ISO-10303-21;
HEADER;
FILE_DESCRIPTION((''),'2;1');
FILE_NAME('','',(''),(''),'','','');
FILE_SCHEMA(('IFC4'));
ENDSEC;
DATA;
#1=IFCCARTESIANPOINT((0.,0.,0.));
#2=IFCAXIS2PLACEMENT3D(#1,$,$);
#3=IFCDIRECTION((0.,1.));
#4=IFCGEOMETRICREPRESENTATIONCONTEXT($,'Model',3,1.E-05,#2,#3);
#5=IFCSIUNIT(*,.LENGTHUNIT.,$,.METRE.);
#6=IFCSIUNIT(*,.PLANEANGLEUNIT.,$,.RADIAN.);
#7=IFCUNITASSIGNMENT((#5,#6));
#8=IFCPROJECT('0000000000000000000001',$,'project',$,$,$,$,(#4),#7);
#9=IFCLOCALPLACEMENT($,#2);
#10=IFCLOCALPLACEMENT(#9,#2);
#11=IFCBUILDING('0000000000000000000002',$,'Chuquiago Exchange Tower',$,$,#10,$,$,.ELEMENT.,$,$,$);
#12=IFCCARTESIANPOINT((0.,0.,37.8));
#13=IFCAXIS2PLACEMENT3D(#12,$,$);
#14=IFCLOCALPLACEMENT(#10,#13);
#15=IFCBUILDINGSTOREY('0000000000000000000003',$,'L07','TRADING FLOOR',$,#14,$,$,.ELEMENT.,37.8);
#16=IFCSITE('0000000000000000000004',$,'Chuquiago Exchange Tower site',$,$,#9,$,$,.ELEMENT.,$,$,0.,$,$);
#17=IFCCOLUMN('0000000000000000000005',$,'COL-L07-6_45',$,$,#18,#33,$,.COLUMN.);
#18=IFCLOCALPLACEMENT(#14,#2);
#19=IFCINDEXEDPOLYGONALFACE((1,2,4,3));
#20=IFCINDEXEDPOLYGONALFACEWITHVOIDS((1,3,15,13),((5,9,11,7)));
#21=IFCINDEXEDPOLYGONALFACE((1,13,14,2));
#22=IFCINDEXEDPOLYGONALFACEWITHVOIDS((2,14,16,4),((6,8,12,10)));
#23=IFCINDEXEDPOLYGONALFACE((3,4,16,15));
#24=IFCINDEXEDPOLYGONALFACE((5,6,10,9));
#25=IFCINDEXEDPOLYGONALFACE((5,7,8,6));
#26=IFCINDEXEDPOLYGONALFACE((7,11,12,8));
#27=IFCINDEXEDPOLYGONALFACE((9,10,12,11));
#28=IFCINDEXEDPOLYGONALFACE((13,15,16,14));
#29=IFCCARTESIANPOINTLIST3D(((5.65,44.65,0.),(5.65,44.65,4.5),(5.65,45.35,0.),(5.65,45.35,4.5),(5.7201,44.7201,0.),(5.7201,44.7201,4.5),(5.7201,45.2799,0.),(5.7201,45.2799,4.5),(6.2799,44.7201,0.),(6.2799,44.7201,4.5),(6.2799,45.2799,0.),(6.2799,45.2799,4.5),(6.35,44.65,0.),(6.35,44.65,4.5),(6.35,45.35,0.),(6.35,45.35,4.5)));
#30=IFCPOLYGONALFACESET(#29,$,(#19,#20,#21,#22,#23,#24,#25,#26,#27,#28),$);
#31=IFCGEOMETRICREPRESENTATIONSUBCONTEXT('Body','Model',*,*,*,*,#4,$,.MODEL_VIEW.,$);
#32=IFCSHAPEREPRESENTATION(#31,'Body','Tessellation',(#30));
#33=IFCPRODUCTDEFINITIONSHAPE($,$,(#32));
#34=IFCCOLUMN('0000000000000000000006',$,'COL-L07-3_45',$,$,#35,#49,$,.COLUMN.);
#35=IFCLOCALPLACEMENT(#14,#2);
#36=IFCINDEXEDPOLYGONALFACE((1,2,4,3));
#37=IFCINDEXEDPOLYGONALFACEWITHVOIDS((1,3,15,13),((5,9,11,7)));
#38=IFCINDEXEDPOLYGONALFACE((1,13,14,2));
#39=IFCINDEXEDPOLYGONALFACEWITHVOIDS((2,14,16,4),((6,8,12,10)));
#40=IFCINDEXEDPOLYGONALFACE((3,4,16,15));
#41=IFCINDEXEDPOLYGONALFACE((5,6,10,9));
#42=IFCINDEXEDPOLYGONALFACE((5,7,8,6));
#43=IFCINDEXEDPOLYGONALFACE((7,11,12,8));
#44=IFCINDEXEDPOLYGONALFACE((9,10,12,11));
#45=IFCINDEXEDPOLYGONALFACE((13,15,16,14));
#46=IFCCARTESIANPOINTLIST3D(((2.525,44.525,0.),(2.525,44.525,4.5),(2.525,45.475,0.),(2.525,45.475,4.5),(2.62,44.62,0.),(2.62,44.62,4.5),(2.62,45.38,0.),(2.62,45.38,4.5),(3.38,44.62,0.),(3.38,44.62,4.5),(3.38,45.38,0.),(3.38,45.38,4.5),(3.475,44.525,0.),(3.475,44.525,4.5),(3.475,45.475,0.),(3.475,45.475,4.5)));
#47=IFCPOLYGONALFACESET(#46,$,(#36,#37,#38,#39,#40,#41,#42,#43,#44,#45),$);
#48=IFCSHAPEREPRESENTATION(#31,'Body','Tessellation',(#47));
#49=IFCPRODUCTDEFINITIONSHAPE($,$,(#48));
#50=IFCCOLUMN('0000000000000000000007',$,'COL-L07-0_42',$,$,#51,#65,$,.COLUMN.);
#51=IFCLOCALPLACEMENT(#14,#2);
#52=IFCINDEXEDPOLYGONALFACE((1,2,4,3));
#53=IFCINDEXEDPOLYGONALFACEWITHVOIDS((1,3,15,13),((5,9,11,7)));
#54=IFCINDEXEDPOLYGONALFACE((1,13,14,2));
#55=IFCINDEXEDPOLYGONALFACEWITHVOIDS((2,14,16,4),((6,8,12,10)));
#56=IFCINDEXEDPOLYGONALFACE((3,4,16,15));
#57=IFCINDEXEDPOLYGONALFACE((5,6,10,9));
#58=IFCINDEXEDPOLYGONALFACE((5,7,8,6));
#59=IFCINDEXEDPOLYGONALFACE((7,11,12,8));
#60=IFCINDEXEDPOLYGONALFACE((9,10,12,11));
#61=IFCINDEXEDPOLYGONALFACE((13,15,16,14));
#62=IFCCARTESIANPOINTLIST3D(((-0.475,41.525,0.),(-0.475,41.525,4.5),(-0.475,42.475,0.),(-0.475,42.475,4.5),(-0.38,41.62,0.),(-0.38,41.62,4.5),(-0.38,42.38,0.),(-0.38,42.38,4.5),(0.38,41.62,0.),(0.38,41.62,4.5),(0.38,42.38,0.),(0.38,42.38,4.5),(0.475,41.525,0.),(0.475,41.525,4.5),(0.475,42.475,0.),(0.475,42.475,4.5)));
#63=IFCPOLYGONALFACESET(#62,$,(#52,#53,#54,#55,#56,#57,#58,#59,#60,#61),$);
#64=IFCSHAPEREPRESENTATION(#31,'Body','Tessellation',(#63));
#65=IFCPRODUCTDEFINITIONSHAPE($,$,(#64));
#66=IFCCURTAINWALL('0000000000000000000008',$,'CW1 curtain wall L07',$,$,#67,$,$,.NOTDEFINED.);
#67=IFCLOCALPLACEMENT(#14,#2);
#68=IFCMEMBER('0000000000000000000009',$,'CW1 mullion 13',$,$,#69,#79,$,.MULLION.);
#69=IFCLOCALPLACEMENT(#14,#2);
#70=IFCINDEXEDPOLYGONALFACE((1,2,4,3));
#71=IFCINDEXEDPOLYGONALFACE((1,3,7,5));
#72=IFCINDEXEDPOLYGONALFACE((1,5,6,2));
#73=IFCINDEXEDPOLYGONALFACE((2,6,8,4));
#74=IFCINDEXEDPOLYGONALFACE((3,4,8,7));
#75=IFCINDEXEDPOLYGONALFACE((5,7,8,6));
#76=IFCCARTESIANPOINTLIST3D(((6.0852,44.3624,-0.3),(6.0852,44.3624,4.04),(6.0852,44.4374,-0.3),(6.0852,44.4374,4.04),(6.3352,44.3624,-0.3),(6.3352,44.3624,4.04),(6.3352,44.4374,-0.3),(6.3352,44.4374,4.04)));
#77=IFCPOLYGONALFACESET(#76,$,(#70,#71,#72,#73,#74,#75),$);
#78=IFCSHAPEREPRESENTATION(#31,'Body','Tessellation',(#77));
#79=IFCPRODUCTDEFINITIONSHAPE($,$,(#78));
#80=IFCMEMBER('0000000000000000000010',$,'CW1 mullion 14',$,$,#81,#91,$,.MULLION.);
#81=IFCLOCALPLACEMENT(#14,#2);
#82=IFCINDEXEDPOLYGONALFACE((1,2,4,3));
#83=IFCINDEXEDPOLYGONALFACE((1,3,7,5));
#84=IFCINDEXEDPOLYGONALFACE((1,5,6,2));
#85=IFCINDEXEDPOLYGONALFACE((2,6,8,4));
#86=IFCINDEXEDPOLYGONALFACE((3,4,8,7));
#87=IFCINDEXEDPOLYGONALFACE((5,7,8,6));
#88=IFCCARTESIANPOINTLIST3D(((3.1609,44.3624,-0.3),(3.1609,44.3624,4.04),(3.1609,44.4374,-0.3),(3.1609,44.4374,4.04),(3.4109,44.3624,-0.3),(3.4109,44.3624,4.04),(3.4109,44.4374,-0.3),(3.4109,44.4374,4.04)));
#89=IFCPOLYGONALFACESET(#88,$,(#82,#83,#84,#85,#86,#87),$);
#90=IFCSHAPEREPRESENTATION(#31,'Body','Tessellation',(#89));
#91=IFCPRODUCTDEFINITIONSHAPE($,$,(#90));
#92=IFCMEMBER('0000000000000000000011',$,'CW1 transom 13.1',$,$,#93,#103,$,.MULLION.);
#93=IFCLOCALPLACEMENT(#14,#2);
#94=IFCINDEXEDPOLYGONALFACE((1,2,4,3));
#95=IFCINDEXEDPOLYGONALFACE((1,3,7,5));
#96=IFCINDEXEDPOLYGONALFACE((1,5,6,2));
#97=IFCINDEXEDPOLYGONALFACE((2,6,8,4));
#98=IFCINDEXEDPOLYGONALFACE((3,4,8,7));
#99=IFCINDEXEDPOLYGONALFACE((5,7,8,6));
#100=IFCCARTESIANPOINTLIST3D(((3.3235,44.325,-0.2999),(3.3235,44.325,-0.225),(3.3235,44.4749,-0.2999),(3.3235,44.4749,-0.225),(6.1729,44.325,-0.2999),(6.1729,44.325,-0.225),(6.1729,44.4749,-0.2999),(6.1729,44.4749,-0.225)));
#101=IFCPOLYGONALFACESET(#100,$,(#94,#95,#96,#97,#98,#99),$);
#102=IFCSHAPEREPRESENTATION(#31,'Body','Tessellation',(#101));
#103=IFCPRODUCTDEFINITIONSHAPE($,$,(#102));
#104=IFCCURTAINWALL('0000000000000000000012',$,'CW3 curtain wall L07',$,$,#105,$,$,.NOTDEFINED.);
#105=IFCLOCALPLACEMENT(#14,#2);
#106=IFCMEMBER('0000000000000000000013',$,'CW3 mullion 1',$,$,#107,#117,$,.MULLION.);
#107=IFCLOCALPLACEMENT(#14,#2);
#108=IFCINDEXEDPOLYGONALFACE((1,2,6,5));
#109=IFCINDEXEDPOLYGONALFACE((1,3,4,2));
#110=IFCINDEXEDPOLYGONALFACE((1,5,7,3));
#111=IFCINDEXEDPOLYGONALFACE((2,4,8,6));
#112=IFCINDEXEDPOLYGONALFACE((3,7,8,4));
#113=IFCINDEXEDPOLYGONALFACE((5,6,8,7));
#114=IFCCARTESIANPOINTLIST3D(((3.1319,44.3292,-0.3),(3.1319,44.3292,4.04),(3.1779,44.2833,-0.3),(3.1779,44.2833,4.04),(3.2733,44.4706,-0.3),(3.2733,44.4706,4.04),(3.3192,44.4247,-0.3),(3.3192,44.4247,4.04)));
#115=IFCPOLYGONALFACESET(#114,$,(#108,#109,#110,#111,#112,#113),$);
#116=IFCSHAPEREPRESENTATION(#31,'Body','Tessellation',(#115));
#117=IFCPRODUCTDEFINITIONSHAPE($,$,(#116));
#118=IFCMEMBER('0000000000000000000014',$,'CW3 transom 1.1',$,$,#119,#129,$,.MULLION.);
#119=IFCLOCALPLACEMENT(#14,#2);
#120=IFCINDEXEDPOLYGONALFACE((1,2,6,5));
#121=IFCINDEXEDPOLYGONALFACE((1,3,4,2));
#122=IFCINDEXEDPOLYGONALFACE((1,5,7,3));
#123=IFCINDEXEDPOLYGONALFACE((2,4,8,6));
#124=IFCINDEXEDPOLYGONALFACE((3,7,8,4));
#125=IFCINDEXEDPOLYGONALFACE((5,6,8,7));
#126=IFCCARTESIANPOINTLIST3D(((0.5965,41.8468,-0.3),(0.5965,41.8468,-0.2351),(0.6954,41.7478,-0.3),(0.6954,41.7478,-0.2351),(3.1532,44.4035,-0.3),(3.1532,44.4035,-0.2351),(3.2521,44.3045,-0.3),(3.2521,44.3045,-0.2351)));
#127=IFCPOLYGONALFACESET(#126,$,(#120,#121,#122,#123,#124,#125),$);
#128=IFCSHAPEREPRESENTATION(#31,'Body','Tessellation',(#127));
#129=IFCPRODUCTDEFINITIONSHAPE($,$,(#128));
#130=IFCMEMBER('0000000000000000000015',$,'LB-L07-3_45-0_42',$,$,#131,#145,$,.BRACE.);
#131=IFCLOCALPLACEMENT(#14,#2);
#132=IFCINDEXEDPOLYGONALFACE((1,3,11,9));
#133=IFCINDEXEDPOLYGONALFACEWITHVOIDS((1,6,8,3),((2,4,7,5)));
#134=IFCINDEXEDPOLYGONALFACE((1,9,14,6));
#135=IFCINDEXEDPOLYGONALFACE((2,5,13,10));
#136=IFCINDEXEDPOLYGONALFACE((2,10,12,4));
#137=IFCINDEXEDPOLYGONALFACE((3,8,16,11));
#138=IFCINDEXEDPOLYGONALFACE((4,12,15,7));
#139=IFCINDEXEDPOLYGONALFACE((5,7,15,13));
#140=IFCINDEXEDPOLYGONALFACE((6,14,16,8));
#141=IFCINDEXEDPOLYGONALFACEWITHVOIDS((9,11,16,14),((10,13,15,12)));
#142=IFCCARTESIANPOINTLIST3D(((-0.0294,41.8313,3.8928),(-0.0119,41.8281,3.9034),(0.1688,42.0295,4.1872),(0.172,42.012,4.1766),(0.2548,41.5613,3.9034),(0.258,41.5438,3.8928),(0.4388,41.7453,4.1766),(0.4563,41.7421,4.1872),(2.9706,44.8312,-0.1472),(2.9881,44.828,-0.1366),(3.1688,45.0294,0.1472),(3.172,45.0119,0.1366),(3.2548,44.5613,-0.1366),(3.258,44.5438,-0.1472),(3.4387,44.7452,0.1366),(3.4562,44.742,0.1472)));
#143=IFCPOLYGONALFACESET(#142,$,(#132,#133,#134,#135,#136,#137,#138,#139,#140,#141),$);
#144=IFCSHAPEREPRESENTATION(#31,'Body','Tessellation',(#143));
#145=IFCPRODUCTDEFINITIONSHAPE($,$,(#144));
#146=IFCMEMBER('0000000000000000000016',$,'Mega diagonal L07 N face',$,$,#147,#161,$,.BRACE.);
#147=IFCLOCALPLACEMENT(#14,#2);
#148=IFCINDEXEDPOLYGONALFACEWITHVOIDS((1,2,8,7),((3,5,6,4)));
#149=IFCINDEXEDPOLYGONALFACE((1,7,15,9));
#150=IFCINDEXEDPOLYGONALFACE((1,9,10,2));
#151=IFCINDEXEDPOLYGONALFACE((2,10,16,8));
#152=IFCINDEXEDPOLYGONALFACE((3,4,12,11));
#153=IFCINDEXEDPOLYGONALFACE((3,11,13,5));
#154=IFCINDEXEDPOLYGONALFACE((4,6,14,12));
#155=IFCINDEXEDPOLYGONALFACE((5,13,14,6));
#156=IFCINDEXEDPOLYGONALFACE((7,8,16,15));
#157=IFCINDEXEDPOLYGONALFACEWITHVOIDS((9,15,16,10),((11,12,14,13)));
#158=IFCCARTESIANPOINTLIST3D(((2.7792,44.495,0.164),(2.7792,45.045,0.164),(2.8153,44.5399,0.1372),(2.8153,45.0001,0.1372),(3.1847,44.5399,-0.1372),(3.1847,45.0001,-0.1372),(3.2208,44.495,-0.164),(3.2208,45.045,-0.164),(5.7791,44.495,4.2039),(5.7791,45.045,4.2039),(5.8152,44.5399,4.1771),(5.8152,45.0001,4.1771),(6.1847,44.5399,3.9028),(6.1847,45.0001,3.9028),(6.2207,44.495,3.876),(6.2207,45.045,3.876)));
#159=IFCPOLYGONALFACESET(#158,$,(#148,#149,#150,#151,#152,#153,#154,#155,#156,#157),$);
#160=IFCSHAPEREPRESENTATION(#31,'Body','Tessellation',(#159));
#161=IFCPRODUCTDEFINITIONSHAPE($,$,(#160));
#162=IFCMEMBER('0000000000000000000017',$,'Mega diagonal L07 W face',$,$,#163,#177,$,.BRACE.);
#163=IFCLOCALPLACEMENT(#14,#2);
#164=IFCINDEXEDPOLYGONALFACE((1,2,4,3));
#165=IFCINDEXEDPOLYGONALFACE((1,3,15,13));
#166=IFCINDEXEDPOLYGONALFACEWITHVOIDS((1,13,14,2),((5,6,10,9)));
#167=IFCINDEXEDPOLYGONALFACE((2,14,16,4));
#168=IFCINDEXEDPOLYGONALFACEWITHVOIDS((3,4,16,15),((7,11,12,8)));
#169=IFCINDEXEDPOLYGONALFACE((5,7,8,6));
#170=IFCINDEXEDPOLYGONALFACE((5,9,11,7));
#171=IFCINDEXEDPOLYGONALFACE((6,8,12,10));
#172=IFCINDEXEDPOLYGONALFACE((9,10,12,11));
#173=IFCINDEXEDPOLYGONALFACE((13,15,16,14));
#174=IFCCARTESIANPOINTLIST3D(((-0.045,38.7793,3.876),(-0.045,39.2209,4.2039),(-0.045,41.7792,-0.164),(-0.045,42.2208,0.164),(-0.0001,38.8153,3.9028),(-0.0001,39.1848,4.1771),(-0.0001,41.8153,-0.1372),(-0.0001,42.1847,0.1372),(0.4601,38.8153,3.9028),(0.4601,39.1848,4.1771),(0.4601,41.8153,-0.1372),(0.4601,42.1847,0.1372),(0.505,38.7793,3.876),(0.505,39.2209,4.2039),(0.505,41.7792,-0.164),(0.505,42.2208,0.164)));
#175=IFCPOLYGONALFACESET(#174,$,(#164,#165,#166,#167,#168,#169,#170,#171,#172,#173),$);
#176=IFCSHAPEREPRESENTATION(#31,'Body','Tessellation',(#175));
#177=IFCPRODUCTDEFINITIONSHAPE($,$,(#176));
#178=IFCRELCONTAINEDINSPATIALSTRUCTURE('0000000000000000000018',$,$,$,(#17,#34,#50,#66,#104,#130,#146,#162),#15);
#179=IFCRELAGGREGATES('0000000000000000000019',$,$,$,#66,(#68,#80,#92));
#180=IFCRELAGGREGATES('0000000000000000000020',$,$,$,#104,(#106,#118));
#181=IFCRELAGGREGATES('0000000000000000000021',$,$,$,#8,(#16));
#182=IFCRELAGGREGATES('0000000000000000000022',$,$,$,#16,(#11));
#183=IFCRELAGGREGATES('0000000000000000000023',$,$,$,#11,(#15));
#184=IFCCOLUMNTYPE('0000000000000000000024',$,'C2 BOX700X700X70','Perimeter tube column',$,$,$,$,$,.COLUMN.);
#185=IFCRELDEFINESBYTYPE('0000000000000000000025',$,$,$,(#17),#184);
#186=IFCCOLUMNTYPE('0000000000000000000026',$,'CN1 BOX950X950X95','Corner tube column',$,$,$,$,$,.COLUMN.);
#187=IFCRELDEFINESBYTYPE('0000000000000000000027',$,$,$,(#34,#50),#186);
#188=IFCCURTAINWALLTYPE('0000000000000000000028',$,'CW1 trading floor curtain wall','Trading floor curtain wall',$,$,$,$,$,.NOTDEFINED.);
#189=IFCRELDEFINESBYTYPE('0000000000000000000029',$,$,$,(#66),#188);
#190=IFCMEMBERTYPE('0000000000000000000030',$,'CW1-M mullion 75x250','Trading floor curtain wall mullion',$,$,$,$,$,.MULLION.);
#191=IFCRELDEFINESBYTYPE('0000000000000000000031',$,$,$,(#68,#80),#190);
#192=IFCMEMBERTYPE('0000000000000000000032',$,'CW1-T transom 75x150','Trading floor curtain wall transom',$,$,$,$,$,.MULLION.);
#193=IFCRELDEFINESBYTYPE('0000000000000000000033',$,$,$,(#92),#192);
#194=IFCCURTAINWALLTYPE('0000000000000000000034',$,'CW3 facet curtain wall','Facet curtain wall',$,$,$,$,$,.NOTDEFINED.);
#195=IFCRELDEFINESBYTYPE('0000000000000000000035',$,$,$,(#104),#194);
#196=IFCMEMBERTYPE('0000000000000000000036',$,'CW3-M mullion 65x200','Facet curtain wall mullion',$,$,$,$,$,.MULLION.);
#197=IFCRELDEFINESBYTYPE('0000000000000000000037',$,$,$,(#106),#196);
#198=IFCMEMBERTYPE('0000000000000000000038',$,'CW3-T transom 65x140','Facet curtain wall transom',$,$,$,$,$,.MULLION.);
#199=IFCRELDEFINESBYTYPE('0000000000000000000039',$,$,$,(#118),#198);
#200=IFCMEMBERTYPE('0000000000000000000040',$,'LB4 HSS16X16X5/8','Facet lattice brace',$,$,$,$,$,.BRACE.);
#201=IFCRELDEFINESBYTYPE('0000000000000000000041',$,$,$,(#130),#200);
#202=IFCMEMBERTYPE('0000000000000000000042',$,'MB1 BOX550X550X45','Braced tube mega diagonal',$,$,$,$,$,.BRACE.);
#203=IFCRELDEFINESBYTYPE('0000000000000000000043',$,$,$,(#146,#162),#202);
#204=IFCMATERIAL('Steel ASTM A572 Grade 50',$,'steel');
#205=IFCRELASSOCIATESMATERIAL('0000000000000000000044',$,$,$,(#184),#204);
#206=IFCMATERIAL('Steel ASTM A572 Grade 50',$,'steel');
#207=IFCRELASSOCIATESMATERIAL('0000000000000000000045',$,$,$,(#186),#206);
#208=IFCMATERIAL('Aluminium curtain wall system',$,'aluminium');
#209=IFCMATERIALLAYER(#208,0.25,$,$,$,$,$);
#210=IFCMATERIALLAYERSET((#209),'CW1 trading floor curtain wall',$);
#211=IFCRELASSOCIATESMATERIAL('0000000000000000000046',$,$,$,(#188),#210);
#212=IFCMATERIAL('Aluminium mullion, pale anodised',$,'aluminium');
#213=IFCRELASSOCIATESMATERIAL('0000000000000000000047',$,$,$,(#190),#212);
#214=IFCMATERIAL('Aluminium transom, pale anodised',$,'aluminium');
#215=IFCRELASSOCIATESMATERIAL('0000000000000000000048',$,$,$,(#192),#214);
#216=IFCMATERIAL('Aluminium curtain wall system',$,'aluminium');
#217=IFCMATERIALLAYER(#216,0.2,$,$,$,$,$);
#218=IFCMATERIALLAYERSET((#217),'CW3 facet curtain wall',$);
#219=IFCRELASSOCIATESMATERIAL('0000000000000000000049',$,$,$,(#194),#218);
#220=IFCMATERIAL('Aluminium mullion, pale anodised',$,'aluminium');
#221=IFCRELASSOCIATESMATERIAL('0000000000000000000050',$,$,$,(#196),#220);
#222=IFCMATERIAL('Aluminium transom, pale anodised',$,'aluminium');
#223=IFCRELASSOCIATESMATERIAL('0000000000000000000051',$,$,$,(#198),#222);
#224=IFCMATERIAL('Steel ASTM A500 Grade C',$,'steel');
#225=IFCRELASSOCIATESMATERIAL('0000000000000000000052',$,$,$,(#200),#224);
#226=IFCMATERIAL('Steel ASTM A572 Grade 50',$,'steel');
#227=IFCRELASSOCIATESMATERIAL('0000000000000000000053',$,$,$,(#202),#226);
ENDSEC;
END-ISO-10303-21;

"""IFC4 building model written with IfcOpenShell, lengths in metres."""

from ifc_helpers import new_model, si_unit, direction, frame, origin, origin_2d, place, context, subcontext, project, spatial, rectangle, hollow_rectangle, extrude, material, layer, layer_set, material_profile, profile_set, type_object, element, aggregate, save


model = new_model("IFC4")

# Units and contexts
model_context = context("Model", 3, precision=1e-05, world=origin(), true_north=direction((0.0, 1.0)))
body_context = subcontext(model_context, "Body", "Model", "MODEL_VIEW")
ifc_project = project(units=[si_unit("LENGTHUNIT", "METRE"), si_unit("PLANEANGLEUNIT", "RADIAN")], contexts=[model_context])

# Site, building, storey
site_placement = place(None, origin())
site = spatial("IfcSite", under=ifc_project, at=site_placement, Name="Chuquiago Exchange Tower site", CompositionType="ELEMENT", RefElevation=0.0)
building_placement = place(site_placement, origin())
building = spatial("IfcBuilding", under=site, at=building_placement, Name="Chuquiago Exchange Tower", CompositionType="ELEMENT")
storey_placement = place(building_placement, frame((0.0, 0.0, 37.8)))
storey = spatial("IfcBuildingStorey", under=building, at=storey_placement, Name="L07", Description="TRADING FLOOR", CompositionType="ELEMENT", Elevation=37.8)

# Columns
ifc_material_1 = material(Name="Steel ASTM A572 Grade 50", Category="steel")
ifc_material_profile_1 = material_profile(ifc_material_1, hollow_rectangle(XDim=0.7, YDim=0.7, WallThickness=0.0701, at=origin_2d()), Name="BOX700X700X70")
ifc_profile_set_1 = profile_set([ifc_material_profile_1], Name="Steel ASTM A572 Grade 50")
column_type_1 = type_object("IfcColumnType", Name="C2 BOX700X700X70", Description="Perimeter tube column", PredefinedType="COLUMN", material=ifc_profile_set_1)
column_placement = place(storey_placement, frame((6.0, 45.0, 0.0), z_axis=(0.0, 0.0, 1.0), x_axis=(0.0, 1.0, 0.0)))
element("IfcColumn", 1, at=column_placement, inside=storey, type_object=column_type_1, Name="COL-L07-6_45", PredefinedType="COLUMN", context=body_context, shape_type="SweptSolid", body=[
    extrude(hollow_rectangle(XDim=0.7, YDim=0.7, WallThickness=0.0701, at=origin_2d()), origin(), (0.0, 0.0, 1.0), 4.5),
])
ifc_material_2 = material(Name="Steel ASTM A572 Grade 50", Category="steel")
ifc_material_profile_2 = material_profile(ifc_material_2, hollow_rectangle(XDim=0.95, YDim=0.95, WallThickness=0.095, at=origin_2d()), Name="BOX950X950X95")
ifc_profile_set_2 = profile_set([ifc_material_profile_2], Name="Steel ASTM A572 Grade 50")
column_type_2 = type_object("IfcColumnType", Name="CN1 BOX950X950X95", Description="Corner tube column", PredefinedType="COLUMN", material=ifc_profile_set_2)
for number, where, z_axis, x_axis, name in (
    (2, (3.0, 45.0, 0.0), (0.0, 0.0, 1.0), (0.0, 1.0, 0.0), "COL-L07-3_45"),
    (3, (0.0, 42.0, 0.0), (0.0, 0.0, 1.0), (-1.0, 0.0, 0.0), "COL-L07-0_42"),
):
    element("IfcColumn", number, at=place(storey_placement, frame(where, z_axis=z_axis, x_axis=x_axis)), inside=storey, type_object=column_type_2, Name=name, PredefinedType="COLUMN", context=body_context, shape_type="SweptSolid", body=[
        extrude(hollow_rectangle(XDim=0.95, YDim=0.95, WallThickness=0.095, at=origin_2d()), origin(), (0.0, 0.0, 1.0), 4.5),
    ])

# Curtain walls, members
ifc_material_3 = material(Name="Aluminium curtain wall system", Category="aluminium")
ifc_layer_1 = layer(ifc_material_3, 0.25)
ifc_layer_set_1 = layer_set([ifc_layer_1], Name="CW1 trading floor curtain wall")
curtain_wall_type_1 = type_object("IfcCurtainWallType", Name="CW1 trading floor curtain wall", Description="Trading floor curtain wall", PredefinedType="NOTDEFINED", material=ifc_layer_set_1)
curtain_wall_1_placement = place(storey_placement, origin())
curtain_wall_1 = element("IfcCurtainWall", 4, at=curtain_wall_1_placement, inside=storey, type_object=curtain_wall_type_1, Name="CW1 curtain wall L07", PredefinedType="NOTDEFINED")
ifc_material_4 = material(Name="Aluminium mullion, pale anodised", Category="aluminium")
ifc_material_profile_3 = material_profile(ifc_material_4, rectangle(XDim=0.075, YDim=0.25, at=origin_2d()), Name="AL 75x250")
ifc_profile_set_3 = profile_set([ifc_material_profile_3], Name="Aluminium mullion, pale anodised")
member_type_1 = type_object("IfcMemberType", Name="CW1-M mullion 75x250", Description="Trading floor curtain wall mullion", PredefinedType="MULLION", material=ifc_profile_set_3)
member_1_placement = place(storey_placement, frame((6.2102, 44.3999, -0.3), z_axis=(0.0, 0.0, 1.0), x_axis=(0.0, -1.0, 0.0)))
member_1 = element("IfcMember", 5, at=member_1_placement, type_object=member_type_1, Name="CW1 mullion 13", PredefinedType="MULLION", context=body_context, shape_type="SweptSolid", body=[
    extrude(rectangle(XDim=0.075, YDim=0.25, at=origin_2d()), origin(), (0.0, 0.0, 1.0), 4.3401),
])
member_2_placement = place(storey_placement, frame((3.2859, 44.3999, -0.3), z_axis=(0.0, 0.0, 1.0), x_axis=(0.0, -1.0, 0.0)))
member_2 = element("IfcMember", 6, at=member_2_placement, type_object=member_type_1, Name="CW1 mullion 14", PredefinedType="MULLION", context=body_context, shape_type="SweptSolid", body=[
    extrude(rectangle(XDim=0.075, YDim=0.25, at=origin_2d()), origin(), (0.0, 0.0, 1.0), 4.3401),
])
ifc_material_5 = material(Name="Aluminium transom, pale anodised", Category="aluminium")
ifc_material_profile_4 = material_profile(ifc_material_5, rectangle(XDim=0.1499, YDim=0.075, at=origin_2d()), Name="AL 150x75")
ifc_profile_set_4 = profile_set([ifc_material_profile_4], Name="Aluminium transom, pale anodised")
member_type_2 = type_object("IfcMemberType", Name="CW1-T transom 75x150", Description="Trading floor curtain wall transom", PredefinedType="MULLION", material=ifc_profile_set_4)
member_3_placement = place(storey_placement, frame((6.1729, 44.3999, -0.2625), z_axis=(-1.0, 0.0, 0.0), x_axis=(0.0, -1.0, 0.0)))
member_3 = element("IfcMember", 7, at=member_3_placement, type_object=member_type_2, Name="CW1 transom 13.1", PredefinedType="MULLION", context=body_context, shape_type="SweptSolid", body=[
    extrude(rectangle(XDim=0.1499, YDim=0.075, at=origin_2d()), origin(), (0.0, 0.0, 1.0), 2.8494),
])
ifc_material_6 = material(Name="Aluminium curtain wall system", Category="aluminium")
ifc_layer_2 = layer(ifc_material_6, 0.2)
ifc_layer_set_2 = layer_set([ifc_layer_2], Name="CW3 facet curtain wall")
curtain_wall_type_2 = type_object("IfcCurtainWallType", Name="CW3 facet curtain wall", Description="Facet curtain wall", PredefinedType="NOTDEFINED", material=ifc_layer_set_2)
curtain_wall_2_placement = place(storey_placement, origin())
curtain_wall_2 = element("IfcCurtainWall", 8, at=curtain_wall_2_placement, inside=storey, type_object=curtain_wall_type_2, Name="CW3 curtain wall L07", PredefinedType="NOTDEFINED")
ifc_material_7 = material(Name="Aluminium mullion, pale anodised", Category="aluminium")
ifc_material_profile_5 = material_profile(ifc_material_7, rectangle(XDim=0.0649, YDim=0.2, at=origin_2d()), Name="AL 65x200")
ifc_profile_set_5 = profile_set([ifc_material_profile_5], Name="Aluminium mullion, pale anodised")
member_type_3 = type_object("IfcMemberType", Name="CW3-M mullion 65x200", Description="Facet curtain wall mullion", PredefinedType="MULLION", material=ifc_profile_set_5)
member_4_placement = place(storey_placement, frame((3.2256, 44.377, -0.3), z_axis=(0.0, 0.0, 1.0), x_axis=(0.707107, -0.707107, 0.0)))
member_4 = element("IfcMember", 9, at=member_4_placement, type_object=member_type_3, Name="CW3 mullion 1", PredefinedType="MULLION", context=body_context, shape_type="SweptSolid", body=[
    extrude(rectangle(XDim=0.0649, YDim=0.2, at=origin_2d()), origin(), (0.0, 0.0, 1.0), 4.3401),
])
ifc_material_8 = material(Name="Aluminium transom, pale anodised", Category="aluminium")
ifc_material_profile_6 = material_profile(ifc_material_8, rectangle(XDim=0.1399, YDim=0.0649, at=origin_2d()), Name="AL 140x65")
ifc_profile_set_6 = profile_set([ifc_material_profile_6], Name="Aluminium transom, pale anodised")
member_type_4 = type_object("IfcMemberType", Name="CW3-T transom 65x140", Description="Facet curtain wall transom", PredefinedType="MULLION", material=ifc_profile_set_6)
member_5_placement = place(storey_placement, frame((3.2026, 44.354, -0.2676), z_axis=(-0.707107, -0.707107, 0.0), x_axis=(0.707107, -0.707107, 0.0)))
member_5 = element("IfcMember", 10, at=member_5_placement, type_object=member_type_4, Name="CW3 transom 1.1", PredefinedType="MULLION", context=body_context, shape_type="SweptSolid", body=[
    extrude(rectangle(XDim=0.1399, YDim=0.0649, at=origin_2d()), origin(), (0.0, 0.0, 1.0), 3.6157),
])

# Members
ifc_material_9 = material(Name="Steel ASTM A500 Grade C", Category="steel")
ifc_material_profile_7 = material_profile(ifc_material_9, hollow_rectangle(XDim=0.4065, YDim=0.4065, WallThickness=0.0146, at=origin_2d()), Name="HSS16X16X5/8")
ifc_profile_set_7 = profile_set([ifc_material_profile_7], Name="Steel ASTM A500 Grade C")
member_type_5 = type_object("IfcMemberType", Name="LB4 HSS16X16X5/8", Description="Facet lattice brace", PredefinedType="BRACE", material=ifc_profile_set_7)
member_6_placement = place(storey_placement, frame((3.2134, 44.7866, 0.0), z_axis=(-0.512077, -0.512077, 0.689604), x_axis=(0.707107, -0.707107, 0.0)))
element("IfcMember", 11, at=member_6_placement, inside=storey, type_object=member_type_5, Name="LB-L07-3_45-0_42", PredefinedType="BRACE", context=body_context, shape_type="SweptSolid", body=[
    extrude(hollow_rectangle(XDim=0.4065, YDim=0.4065, WallThickness=0.0146, at=origin_2d()), origin(), (0.0, 0.0, 1.0), 5.8584),
])
ifc_material_10 = material(Name="Steel ASTM A572 Grade 50", Category="steel")
ifc_material_profile_8 = material_profile(ifc_material_10, hollow_rectangle(XDim=0.55, YDim=0.55, WallThickness=0.0449, at=origin_2d()), Name="BOX550X550X45")
ifc_profile_set_8 = profile_set([ifc_material_profile_8], Name="Steel ASTM A572 Grade 50")
member_type_6 = type_object("IfcMemberType", Name="MB1 BOX550X550X45", Description="Braced tube mega diagonal", PredefinedType="BRACE", material=ifc_profile_set_8)
for number, where, z_axis, x_axis, name in (
    (12, (3.0, 44.77, 0.0), (0.596174, 0.0, 0.802855), (0.0, 1.0, 0.0), "Mega diagonal L07 N face"),
    (13, (0.23, 42.0, 0.0), (0.0, -0.596174, 0.802855), (1.0, 0.0, 0.0), "Mega diagonal L07 W face"),
):
    element("IfcMember", number, at=place(storey_placement, frame(where, z_axis=z_axis, x_axis=x_axis)), inside=storey, type_object=member_type_6, Name=name, PredefinedType="BRACE", context=body_context, shape_type="SweptSolid", body=[
        extrude(hollow_rectangle(XDim=0.55, YDim=0.55, WallThickness=0.0449, at=origin_2d()), origin(), (0.0, 0.0, 1.0), 5.032),
    ])

aggregate(curtain_wall_1, [member_1, member_2, member_3])
aggregate(curtain_wall_2, [member_4, member_5])

save(model, "model.ifc")
